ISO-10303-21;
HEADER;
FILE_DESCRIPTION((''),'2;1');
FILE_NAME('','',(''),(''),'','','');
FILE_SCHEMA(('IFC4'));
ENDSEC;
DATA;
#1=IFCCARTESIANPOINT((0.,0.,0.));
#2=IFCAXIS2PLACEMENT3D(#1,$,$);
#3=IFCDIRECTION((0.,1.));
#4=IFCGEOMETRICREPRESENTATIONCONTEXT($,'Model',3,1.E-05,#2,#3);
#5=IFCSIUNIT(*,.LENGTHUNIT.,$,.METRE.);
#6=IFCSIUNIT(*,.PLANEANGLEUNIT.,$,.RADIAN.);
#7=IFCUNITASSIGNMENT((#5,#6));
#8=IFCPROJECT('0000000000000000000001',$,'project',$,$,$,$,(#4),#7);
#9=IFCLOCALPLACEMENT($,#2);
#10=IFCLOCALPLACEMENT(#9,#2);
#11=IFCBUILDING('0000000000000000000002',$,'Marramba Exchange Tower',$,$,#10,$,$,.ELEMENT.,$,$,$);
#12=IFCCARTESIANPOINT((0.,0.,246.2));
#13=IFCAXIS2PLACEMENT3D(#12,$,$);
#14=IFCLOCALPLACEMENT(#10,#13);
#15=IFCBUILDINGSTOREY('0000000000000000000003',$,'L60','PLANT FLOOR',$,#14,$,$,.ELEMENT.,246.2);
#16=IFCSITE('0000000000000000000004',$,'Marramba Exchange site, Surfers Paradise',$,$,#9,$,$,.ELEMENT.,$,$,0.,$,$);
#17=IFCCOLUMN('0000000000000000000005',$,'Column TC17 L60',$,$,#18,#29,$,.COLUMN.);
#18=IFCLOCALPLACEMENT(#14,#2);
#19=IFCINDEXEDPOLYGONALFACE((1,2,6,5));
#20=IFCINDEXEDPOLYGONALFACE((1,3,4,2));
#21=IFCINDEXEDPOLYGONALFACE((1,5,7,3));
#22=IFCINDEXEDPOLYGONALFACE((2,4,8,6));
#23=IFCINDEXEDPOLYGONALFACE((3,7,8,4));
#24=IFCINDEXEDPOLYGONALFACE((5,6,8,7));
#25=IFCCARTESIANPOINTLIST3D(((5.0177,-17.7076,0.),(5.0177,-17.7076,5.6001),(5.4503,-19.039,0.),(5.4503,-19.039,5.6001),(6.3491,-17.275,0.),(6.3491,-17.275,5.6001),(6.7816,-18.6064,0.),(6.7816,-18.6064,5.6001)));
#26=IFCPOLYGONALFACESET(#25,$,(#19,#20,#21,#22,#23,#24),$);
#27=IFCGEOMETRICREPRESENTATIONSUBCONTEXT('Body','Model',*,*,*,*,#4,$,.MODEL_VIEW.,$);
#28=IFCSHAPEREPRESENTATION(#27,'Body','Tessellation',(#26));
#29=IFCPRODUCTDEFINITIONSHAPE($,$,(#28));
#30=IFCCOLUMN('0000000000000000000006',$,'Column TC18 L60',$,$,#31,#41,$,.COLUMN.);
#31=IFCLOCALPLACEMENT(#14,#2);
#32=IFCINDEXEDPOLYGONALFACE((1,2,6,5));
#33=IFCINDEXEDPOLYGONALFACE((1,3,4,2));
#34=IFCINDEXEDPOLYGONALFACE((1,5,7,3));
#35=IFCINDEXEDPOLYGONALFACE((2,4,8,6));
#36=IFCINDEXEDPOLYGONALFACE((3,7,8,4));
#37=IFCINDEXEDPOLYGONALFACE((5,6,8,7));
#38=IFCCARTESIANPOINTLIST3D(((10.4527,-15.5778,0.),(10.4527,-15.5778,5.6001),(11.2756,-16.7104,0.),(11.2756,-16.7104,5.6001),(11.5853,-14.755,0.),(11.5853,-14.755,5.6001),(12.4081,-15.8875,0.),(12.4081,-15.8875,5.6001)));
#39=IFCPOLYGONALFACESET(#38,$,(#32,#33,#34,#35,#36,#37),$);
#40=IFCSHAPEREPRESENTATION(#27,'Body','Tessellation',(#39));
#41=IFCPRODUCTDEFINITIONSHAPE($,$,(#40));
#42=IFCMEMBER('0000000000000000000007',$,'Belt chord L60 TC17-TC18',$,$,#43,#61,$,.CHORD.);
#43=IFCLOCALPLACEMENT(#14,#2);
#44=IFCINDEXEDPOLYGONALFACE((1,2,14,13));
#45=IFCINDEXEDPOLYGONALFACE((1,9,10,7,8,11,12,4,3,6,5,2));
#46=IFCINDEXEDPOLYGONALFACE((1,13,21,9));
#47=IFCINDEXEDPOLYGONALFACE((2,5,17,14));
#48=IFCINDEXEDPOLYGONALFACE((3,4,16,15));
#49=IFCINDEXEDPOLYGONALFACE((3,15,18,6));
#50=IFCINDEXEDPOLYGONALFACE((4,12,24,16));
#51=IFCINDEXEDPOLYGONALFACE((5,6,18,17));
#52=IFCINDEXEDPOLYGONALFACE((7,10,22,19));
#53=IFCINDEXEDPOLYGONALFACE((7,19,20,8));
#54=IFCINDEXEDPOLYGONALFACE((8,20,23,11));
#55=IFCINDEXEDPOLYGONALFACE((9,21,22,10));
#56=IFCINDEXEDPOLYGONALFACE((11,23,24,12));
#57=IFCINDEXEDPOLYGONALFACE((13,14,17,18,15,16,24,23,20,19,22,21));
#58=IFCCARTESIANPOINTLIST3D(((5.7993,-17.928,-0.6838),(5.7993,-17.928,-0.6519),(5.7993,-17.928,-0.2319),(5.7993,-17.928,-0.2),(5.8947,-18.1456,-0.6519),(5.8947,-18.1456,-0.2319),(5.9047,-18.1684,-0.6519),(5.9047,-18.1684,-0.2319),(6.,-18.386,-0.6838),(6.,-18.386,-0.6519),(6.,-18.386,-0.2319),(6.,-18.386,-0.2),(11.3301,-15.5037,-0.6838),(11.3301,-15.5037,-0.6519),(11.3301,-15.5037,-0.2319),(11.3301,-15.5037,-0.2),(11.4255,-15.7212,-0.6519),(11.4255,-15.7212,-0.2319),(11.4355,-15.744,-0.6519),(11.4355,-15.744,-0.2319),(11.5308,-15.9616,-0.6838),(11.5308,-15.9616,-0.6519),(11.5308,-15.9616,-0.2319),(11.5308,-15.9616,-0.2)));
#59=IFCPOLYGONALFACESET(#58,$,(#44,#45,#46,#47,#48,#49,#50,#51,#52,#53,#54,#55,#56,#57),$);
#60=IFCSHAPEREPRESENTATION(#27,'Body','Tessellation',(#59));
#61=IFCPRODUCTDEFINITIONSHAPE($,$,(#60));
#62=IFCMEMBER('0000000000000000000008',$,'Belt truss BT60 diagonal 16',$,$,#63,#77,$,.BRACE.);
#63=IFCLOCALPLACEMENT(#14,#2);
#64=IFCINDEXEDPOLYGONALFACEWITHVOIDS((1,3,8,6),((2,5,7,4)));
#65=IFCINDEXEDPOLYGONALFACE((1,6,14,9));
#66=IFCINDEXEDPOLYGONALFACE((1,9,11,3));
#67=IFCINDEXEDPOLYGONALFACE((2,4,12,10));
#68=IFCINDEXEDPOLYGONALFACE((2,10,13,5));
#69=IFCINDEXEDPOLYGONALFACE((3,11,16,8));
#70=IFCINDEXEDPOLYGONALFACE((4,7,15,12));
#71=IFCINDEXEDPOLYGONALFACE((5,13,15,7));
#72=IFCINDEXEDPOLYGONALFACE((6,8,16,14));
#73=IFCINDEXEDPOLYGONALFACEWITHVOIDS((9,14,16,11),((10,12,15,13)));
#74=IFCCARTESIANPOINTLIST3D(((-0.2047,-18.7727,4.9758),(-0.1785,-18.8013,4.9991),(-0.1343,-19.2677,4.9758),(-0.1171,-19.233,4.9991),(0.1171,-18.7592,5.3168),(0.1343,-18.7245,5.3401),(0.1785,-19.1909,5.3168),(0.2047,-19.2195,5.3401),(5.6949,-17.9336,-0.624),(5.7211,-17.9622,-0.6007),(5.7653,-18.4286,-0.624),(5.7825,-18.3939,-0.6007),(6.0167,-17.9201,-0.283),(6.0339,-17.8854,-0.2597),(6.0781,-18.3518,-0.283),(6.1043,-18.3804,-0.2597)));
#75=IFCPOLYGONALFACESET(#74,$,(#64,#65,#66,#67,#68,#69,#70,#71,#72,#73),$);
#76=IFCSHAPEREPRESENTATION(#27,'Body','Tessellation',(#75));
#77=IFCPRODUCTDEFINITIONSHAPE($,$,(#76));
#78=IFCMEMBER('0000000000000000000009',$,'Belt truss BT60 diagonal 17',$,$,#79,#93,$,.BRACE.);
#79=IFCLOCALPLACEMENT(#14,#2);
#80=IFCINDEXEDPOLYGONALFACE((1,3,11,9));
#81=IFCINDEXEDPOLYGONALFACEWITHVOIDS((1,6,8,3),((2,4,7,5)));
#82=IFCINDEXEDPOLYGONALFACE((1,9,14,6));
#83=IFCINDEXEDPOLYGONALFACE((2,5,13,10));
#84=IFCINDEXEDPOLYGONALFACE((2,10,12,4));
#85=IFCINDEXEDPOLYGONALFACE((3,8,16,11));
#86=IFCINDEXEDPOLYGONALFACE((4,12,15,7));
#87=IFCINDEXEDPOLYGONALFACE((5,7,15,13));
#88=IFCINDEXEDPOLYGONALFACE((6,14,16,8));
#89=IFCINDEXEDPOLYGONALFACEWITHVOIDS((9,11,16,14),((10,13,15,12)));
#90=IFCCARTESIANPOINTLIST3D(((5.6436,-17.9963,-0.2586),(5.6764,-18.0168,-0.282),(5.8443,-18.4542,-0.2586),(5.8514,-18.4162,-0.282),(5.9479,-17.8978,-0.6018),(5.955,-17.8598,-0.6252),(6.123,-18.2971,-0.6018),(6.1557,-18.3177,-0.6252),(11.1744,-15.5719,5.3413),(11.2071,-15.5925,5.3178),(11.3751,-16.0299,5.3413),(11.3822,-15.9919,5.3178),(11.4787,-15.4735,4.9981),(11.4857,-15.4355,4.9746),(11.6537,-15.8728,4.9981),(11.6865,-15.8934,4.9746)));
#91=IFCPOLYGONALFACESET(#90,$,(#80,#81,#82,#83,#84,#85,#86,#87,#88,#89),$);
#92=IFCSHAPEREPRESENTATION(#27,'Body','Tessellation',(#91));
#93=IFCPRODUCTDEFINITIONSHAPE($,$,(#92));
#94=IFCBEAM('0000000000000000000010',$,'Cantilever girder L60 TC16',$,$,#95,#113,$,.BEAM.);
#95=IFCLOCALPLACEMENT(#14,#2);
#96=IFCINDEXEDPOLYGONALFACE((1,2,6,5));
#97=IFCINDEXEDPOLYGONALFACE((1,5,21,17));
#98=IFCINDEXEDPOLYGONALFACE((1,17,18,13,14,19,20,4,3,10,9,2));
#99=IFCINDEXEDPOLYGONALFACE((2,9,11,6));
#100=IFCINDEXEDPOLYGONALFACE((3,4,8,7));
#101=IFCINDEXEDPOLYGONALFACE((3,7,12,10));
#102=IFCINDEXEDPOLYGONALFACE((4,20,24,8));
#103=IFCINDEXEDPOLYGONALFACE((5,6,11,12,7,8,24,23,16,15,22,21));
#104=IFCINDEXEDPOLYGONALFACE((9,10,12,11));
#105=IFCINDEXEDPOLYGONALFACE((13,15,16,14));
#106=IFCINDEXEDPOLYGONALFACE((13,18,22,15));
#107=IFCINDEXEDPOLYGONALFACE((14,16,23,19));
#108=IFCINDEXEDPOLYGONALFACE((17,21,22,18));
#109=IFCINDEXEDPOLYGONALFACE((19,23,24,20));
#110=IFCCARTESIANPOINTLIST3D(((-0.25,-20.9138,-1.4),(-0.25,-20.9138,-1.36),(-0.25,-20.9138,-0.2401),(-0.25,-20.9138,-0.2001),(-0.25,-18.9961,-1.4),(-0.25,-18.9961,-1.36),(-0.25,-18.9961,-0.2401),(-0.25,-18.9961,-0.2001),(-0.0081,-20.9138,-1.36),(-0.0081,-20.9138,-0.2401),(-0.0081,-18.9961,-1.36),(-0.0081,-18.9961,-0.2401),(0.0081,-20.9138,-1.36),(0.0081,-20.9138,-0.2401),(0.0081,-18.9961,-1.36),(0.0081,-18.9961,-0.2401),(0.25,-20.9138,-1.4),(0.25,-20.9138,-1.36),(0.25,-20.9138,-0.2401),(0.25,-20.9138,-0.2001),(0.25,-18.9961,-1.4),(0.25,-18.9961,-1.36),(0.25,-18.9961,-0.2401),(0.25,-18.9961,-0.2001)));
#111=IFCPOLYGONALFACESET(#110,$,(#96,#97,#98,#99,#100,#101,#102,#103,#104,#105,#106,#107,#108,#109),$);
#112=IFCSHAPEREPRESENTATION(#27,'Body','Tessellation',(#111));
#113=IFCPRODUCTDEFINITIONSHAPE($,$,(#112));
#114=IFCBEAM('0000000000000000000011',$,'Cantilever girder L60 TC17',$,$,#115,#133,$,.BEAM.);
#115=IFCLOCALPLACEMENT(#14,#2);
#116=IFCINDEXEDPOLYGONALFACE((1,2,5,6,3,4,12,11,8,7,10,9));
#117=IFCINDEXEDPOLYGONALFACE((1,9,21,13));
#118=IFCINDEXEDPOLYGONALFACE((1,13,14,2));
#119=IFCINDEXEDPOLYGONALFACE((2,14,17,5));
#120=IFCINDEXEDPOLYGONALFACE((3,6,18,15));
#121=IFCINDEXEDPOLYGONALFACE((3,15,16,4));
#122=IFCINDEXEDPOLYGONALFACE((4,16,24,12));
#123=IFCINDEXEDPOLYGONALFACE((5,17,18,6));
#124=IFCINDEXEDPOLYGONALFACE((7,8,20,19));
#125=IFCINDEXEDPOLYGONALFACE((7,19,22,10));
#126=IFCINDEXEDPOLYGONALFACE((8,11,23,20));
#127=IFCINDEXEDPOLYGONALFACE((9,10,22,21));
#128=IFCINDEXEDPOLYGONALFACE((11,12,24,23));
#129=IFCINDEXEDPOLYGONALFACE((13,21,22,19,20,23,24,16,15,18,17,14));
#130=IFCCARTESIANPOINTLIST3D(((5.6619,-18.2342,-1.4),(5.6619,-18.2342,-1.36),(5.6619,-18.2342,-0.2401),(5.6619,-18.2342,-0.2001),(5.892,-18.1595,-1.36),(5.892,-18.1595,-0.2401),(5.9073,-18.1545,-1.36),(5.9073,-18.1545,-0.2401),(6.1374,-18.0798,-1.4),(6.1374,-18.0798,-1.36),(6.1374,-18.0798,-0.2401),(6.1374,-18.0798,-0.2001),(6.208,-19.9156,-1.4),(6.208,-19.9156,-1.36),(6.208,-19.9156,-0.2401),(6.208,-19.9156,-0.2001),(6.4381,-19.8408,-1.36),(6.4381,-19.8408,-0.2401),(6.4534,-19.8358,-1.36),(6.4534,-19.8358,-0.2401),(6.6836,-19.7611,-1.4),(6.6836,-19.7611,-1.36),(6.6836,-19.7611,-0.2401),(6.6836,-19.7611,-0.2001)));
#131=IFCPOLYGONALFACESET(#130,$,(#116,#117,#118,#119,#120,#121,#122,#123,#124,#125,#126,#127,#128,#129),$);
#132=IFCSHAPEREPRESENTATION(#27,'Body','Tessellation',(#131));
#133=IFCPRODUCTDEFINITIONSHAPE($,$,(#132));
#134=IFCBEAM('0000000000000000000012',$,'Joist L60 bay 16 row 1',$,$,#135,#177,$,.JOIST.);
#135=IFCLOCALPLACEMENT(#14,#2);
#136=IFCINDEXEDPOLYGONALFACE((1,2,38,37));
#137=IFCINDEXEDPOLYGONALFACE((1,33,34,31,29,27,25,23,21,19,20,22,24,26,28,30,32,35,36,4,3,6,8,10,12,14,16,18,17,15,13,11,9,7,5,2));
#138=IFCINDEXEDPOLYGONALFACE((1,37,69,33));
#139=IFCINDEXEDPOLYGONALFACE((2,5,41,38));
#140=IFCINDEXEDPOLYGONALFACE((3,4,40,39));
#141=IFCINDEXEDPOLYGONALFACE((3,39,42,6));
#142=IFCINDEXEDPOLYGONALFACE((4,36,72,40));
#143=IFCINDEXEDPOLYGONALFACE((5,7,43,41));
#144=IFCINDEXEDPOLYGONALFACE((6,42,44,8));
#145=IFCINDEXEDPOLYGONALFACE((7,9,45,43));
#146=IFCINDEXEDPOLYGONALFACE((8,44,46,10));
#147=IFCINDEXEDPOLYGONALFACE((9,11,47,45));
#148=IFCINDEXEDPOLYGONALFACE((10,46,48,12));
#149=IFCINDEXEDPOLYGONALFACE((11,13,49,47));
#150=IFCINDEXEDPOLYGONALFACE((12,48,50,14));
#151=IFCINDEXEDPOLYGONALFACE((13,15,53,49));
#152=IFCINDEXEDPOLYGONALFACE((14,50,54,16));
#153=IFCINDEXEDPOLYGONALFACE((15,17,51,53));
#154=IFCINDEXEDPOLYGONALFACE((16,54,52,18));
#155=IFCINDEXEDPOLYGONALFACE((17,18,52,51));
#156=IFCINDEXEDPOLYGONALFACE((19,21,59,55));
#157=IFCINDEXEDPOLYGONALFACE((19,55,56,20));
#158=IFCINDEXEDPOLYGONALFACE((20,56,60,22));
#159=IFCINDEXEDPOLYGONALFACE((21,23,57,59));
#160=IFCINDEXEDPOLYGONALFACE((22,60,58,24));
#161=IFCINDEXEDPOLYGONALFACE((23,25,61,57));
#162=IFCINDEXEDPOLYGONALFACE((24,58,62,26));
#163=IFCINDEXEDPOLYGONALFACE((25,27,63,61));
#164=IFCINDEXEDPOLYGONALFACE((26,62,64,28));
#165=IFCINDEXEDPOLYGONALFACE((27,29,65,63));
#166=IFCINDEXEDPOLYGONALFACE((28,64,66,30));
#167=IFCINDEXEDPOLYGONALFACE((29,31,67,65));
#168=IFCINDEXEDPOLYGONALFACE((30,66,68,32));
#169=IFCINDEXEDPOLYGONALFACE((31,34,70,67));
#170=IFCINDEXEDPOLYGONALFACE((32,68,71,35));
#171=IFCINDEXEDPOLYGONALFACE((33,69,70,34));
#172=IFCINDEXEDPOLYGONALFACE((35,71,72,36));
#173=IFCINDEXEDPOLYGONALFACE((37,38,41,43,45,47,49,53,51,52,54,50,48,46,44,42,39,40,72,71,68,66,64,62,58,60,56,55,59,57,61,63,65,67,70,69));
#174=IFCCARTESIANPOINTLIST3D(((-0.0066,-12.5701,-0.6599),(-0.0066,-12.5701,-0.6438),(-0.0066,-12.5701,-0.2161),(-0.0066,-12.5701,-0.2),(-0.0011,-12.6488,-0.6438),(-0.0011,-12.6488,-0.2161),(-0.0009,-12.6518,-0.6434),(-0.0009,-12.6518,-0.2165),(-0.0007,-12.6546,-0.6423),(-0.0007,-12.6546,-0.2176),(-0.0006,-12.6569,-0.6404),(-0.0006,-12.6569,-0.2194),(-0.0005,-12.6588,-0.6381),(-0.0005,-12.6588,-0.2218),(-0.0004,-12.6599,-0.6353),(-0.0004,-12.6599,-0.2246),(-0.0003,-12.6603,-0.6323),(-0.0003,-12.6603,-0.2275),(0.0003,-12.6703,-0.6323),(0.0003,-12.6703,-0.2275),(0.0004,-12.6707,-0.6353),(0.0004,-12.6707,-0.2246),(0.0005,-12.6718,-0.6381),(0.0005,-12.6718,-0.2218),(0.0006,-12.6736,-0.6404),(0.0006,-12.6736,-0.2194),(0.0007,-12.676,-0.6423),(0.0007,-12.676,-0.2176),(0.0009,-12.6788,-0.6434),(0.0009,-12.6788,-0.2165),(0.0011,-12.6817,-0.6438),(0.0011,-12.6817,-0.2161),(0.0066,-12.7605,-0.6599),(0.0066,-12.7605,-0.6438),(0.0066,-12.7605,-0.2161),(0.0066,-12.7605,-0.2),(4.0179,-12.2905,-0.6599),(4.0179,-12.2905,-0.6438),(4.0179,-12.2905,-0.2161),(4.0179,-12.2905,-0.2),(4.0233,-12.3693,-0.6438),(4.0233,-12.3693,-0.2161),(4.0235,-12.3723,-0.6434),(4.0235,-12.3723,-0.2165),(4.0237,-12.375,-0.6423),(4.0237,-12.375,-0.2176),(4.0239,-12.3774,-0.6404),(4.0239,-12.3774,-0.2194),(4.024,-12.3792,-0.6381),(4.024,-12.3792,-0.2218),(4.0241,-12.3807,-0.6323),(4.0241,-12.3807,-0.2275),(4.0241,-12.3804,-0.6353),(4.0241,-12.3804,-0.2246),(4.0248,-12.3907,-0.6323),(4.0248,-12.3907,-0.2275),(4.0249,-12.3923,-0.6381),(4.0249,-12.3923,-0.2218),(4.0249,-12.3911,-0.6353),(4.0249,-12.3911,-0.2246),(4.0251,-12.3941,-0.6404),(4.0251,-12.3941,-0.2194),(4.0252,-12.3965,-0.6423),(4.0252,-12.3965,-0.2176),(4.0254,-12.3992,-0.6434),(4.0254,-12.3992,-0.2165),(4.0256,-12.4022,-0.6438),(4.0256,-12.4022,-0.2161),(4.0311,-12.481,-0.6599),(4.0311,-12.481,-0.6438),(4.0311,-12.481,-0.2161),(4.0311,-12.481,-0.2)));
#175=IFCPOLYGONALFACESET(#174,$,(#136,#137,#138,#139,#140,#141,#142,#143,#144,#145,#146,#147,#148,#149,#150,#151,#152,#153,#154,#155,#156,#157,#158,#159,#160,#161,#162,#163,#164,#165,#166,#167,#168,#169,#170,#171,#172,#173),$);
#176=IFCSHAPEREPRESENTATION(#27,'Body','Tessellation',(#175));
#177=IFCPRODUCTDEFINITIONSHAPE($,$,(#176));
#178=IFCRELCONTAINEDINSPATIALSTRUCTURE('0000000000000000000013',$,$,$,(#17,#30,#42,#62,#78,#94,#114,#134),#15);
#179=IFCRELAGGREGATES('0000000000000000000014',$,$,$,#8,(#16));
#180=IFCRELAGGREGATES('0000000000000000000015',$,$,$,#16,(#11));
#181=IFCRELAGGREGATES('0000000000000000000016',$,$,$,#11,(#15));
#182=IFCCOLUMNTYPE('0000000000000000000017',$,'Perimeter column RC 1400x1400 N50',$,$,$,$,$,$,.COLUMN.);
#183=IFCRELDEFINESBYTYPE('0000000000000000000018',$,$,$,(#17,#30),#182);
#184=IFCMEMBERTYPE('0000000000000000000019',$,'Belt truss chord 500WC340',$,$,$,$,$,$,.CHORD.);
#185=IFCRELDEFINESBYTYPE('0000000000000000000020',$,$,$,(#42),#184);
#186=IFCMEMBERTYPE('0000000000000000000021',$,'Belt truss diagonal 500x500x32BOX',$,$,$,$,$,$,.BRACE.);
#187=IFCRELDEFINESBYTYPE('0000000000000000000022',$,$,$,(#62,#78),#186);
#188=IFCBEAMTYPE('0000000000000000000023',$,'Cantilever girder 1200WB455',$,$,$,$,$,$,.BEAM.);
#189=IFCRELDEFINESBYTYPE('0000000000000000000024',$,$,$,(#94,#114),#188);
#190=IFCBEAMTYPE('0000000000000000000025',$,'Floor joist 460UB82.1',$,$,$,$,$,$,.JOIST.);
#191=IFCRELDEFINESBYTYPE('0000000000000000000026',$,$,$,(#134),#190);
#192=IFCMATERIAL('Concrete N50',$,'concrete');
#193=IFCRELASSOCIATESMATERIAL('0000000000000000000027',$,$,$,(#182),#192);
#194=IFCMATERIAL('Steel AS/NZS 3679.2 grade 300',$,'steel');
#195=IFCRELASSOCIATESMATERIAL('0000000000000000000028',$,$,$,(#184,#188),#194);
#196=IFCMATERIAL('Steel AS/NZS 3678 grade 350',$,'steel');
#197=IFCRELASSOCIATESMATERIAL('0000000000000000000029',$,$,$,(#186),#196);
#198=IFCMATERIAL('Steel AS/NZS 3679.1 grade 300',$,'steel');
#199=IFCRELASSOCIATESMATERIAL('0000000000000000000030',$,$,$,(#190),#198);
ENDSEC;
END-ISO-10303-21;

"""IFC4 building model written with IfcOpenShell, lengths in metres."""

from ifc_helpers import new_model, si_unit, direction, frame, origin, origin_2d, place, context, subcontext, project, spatial, rectangle, hollow_rectangle, i_section, extrude, material, material_profile, profile_set, type_object, element, save


model = new_model("IFC4")

# Units and contexts
model_context = context("Model", 3, precision=1e-05, world=origin(), true_north=direction((0.0, 1.0)))
body_context = subcontext(model_context, "Body", "Model", "MODEL_VIEW")
ifc_project = project(units=[si_unit("LENGTHUNIT", "METRE"), si_unit("PLANEANGLEUNIT", "RADIAN")], contexts=[model_context])

# Site, building, storey
site_placement = place(None, origin())
site = spatial("IfcSite", under=ifc_project, at=site_placement, Name="Marramba Exchange site, Surfers Paradise", CompositionType="ELEMENT", RefElevation=0.0)
building_placement = place(site_placement, origin())
building = spatial("IfcBuilding", under=site, at=building_placement, Name="Marramba Exchange Tower", CompositionType="ELEMENT")
storey_placement = place(building_placement, frame((0.0, 0.0, 246.2)))
storey = spatial("IfcBuildingStorey", under=building, at=storey_placement, Name="L60", Description="PLANT FLOOR", CompositionType="ELEMENT", Elevation=246.2)

# Columns
ifc_material_1 = material(Name="Concrete N50", Category="concrete")
ifc_material_profile_1 = material_profile(ifc_material_1, rectangle(XDim=1.3999, YDim=1.3999, at=origin_2d()), Name="RC 1400x1400")
ifc_profile_set_1 = profile_set([ifc_material_profile_1], Name="Concrete N50")
column_type = type_object("IfcColumnType", Name="Perimeter column RC 1400x1400 N50", PredefinedType="COLUMN", material=ifc_profile_set_1)
for number, where, z_axis, x_axis, name in (
    (1, (5.8997, -18.157, 0.0), (0.0, 0.0, 1.0), (0.309017, -0.951057, 0.0), "Column TC17 L60"),
    (2, (11.4304, -15.7327, 0.0), (0.0, 0.0, 1.0), (0.587785, -0.809017, 0.0), "Column TC18 L60"),
):
    element("IfcColumn", number, at=place(storey_placement, frame(where, z_axis=z_axis, x_axis=x_axis)), inside=storey, type_object=column_type, Name=name, PredefinedType="COLUMN", context=body_context, shape_type="SweptSolid", body=[
        extrude(rectangle(XDim=1.3999, YDim=1.3999, at=origin_2d()), origin(), (0.0, 0.0, 1.0), 5.6001),
    ])

# Members
ifc_material_2 = material(Name="Steel AS/NZS 3679.2 grade 300", Category="steel")
ifc_material_profile_2 = material_profile(ifc_material_2, i_section(OverallWidth=0.5, OverallDepth=0.4839, WebThickness=0.0249, FlangeThickness=0.032, at=origin_2d()), Name="500WC340")
ifc_profile_set_2 = profile_set([ifc_material_profile_2], Name="Steel AS/NZS 3679.2 grade 300")
member_type_1 = type_object("IfcMemberType", Name="Belt truss chord 500WC340", PredefinedType="CHORD", material=ifc_profile_set_2)
member_1_placement = place(storey_placement, frame((5.8997, -18.157, -0.4419), z_axis=(0.915877, 0.401459, 0.0), x_axis=(-0.401459, 0.915877, 0.0)))
element("IfcMember", 3, at=member_1_placement, inside=storey, type_object=member_type_1, Name="Belt chord L60 TC17-TC18", PredefinedType="CHORD", context=body_context, shape_type="SweptSolid", body=[
    extrude(i_section(OverallWidth=0.5, OverallDepth=0.4839, WebThickness=0.0249, FlangeThickness=0.032, at=origin_2d()), origin(), (0.0, 0.0, 1.0), 6.0388),
])
ifc_material_3 = material(Name="Steel AS/NZS 3678 grade 350", Category="steel")
ifc_material_profile_3 = material_profile(ifc_material_3, hollow_rectangle(XDim=0.5, YDim=0.5, WallThickness=0.032, at=origin_2d()), Name="500x500x32BOX")
ifc_profile_set_3 = profile_set([ifc_material_profile_3], Name="Steel AS/NZS 3678 grade 350")
member_type_2 = type_object("IfcMemberType", Name="Belt truss diagonal 500x500x32BOX", PredefinedType="BRACE", material=ifc_profile_set_3)
member_2_placement = place(storey_placement, frame((0.0, -18.9961, 5.158), z_axis=(0.721467, 0.102615, -0.684804), x_axis=(-0.140813, 0.990036, 0.0)))
element("IfcMember", 4, at=member_2_placement, inside=storey, type_object=member_type_2, Name="Belt truss BT60 diagonal 16", PredefinedType="BRACE", context=body_context, shape_type="SweptSolid", body=[
    extrude(hollow_rectangle(XDim=0.5, YDim=0.5, WallThickness=0.032, at=origin_2d()), origin(), (0.0, 0.0, 1.0), 8.1772),
])
member_3_placement = place(storey_placement, frame((5.8997, -18.157, -0.4419), z_axis=(0.671568, 0.294371, 0.679958), x_axis=(-0.401459, 0.915877, 0.0)))
element("IfcMember", 5, at=member_3_placement, inside=storey, type_object=member_type_2, Name="Belt truss BT60 diagonal 17", PredefinedType="BRACE", context=body_context, shape_type="SweptSolid", body=[
    extrude(hollow_rectangle(XDim=0.5, YDim=0.5, WallThickness=0.032, at=origin_2d()), origin(), (0.0, 0.0, 1.0), 8.2356),
])

# Beams
ifc_material_profile_4 = material_profile(ifc_material_2, i_section(OverallWidth=0.5, OverallDepth=1.2, WebThickness=0.0161, FlangeThickness=0.04, at=origin_2d()), Name="1200WB455")
ifc_profile_set_4 = profile_set([ifc_material_profile_4], Name="Steel AS/NZS 3679.2 grade 300")
beam_type_1 = type_object("IfcBeamType", Name="Cantilever girder 1200WB455", PredefinedType="BEAM", material=ifc_profile_set_4)
beam_1_placement = place(storey_placement, frame((0.0, -18.9961, -0.8), z_axis=(0.0, -1.0, 0.0), x_axis=(1.0, 0.0, 0.0)))
element("IfcBeam", 6, at=beam_1_placement, inside=storey, type_object=beam_type_1, Name="Cantilever girder L60 TC16", PredefinedType="BEAM", context=body_context, shape_type="SweptSolid", body=[
    extrude(i_section(OverallWidth=0.5, OverallDepth=1.2, WebThickness=0.0161, FlangeThickness=0.04, at=origin_2d()), origin(), (0.0, 0.0, 1.0), 1.9177),
])
beam_2_placement = place(storey_placement, frame((5.8997, -18.157, -0.8), z_axis=(0.308927, -0.951086, 0.0), x_axis=(0.951086, 0.308927, 0.0)))
element("IfcBeam", 7, at=beam_2_placement, inside=storey, type_object=beam_type_1, Name="Cantilever girder L60 TC17", PredefinedType="BEAM", context=body_context, shape_type="SweptSolid", body=[
    extrude(i_section(OverallWidth=0.5, OverallDepth=1.2, WebThickness=0.0161, FlangeThickness=0.04, at=origin_2d()), origin(), (0.0, 0.0, 1.0), 1.7678),
])
ifc_material_4 = material(Name="Steel AS/NZS 3679.1 grade 300", Category="steel")
ifc_material_profile_5 = material_profile(ifc_material_4, i_section(OverallWidth=0.1909, OverallDepth=0.46, WebThickness=0.01, FlangeThickness=0.0161, FilletRadius=0.0115, at=origin_2d()), Name="460UB82.1")
ifc_profile_set_5 = profile_set([ifc_material_profile_5], Name="Steel AS/NZS 3679.1 grade 300")
beam_type_2 = type_object("IfcBeamType", Name="Floor joist 460UB82.1", PredefinedType="JOIST", material=ifc_profile_set_5)
beam_3_placement = place(storey_placement, frame((0.0, -12.6653, -0.4299), z_axis=(0.997596, 0.069294, 0.0), x_axis=(-0.069294, 0.997596, 0.0)))
element("IfcBeam", 8, at=beam_3_placement, inside=storey, type_object=beam_type_2, Name="Joist L60 bay 16 row 1", PredefinedType="JOIST", context=body_context, shape_type="SweptSolid", body=[
    extrude(i_section(OverallWidth=0.1909, OverallDepth=0.46, WebThickness=0.01, FlangeThickness=0.0161, FilletRadius=0.0115, at=origin_2d()), origin(), (0.0, 0.0, 1.0), 4.0342),
])

save(model, "model.ifc")
